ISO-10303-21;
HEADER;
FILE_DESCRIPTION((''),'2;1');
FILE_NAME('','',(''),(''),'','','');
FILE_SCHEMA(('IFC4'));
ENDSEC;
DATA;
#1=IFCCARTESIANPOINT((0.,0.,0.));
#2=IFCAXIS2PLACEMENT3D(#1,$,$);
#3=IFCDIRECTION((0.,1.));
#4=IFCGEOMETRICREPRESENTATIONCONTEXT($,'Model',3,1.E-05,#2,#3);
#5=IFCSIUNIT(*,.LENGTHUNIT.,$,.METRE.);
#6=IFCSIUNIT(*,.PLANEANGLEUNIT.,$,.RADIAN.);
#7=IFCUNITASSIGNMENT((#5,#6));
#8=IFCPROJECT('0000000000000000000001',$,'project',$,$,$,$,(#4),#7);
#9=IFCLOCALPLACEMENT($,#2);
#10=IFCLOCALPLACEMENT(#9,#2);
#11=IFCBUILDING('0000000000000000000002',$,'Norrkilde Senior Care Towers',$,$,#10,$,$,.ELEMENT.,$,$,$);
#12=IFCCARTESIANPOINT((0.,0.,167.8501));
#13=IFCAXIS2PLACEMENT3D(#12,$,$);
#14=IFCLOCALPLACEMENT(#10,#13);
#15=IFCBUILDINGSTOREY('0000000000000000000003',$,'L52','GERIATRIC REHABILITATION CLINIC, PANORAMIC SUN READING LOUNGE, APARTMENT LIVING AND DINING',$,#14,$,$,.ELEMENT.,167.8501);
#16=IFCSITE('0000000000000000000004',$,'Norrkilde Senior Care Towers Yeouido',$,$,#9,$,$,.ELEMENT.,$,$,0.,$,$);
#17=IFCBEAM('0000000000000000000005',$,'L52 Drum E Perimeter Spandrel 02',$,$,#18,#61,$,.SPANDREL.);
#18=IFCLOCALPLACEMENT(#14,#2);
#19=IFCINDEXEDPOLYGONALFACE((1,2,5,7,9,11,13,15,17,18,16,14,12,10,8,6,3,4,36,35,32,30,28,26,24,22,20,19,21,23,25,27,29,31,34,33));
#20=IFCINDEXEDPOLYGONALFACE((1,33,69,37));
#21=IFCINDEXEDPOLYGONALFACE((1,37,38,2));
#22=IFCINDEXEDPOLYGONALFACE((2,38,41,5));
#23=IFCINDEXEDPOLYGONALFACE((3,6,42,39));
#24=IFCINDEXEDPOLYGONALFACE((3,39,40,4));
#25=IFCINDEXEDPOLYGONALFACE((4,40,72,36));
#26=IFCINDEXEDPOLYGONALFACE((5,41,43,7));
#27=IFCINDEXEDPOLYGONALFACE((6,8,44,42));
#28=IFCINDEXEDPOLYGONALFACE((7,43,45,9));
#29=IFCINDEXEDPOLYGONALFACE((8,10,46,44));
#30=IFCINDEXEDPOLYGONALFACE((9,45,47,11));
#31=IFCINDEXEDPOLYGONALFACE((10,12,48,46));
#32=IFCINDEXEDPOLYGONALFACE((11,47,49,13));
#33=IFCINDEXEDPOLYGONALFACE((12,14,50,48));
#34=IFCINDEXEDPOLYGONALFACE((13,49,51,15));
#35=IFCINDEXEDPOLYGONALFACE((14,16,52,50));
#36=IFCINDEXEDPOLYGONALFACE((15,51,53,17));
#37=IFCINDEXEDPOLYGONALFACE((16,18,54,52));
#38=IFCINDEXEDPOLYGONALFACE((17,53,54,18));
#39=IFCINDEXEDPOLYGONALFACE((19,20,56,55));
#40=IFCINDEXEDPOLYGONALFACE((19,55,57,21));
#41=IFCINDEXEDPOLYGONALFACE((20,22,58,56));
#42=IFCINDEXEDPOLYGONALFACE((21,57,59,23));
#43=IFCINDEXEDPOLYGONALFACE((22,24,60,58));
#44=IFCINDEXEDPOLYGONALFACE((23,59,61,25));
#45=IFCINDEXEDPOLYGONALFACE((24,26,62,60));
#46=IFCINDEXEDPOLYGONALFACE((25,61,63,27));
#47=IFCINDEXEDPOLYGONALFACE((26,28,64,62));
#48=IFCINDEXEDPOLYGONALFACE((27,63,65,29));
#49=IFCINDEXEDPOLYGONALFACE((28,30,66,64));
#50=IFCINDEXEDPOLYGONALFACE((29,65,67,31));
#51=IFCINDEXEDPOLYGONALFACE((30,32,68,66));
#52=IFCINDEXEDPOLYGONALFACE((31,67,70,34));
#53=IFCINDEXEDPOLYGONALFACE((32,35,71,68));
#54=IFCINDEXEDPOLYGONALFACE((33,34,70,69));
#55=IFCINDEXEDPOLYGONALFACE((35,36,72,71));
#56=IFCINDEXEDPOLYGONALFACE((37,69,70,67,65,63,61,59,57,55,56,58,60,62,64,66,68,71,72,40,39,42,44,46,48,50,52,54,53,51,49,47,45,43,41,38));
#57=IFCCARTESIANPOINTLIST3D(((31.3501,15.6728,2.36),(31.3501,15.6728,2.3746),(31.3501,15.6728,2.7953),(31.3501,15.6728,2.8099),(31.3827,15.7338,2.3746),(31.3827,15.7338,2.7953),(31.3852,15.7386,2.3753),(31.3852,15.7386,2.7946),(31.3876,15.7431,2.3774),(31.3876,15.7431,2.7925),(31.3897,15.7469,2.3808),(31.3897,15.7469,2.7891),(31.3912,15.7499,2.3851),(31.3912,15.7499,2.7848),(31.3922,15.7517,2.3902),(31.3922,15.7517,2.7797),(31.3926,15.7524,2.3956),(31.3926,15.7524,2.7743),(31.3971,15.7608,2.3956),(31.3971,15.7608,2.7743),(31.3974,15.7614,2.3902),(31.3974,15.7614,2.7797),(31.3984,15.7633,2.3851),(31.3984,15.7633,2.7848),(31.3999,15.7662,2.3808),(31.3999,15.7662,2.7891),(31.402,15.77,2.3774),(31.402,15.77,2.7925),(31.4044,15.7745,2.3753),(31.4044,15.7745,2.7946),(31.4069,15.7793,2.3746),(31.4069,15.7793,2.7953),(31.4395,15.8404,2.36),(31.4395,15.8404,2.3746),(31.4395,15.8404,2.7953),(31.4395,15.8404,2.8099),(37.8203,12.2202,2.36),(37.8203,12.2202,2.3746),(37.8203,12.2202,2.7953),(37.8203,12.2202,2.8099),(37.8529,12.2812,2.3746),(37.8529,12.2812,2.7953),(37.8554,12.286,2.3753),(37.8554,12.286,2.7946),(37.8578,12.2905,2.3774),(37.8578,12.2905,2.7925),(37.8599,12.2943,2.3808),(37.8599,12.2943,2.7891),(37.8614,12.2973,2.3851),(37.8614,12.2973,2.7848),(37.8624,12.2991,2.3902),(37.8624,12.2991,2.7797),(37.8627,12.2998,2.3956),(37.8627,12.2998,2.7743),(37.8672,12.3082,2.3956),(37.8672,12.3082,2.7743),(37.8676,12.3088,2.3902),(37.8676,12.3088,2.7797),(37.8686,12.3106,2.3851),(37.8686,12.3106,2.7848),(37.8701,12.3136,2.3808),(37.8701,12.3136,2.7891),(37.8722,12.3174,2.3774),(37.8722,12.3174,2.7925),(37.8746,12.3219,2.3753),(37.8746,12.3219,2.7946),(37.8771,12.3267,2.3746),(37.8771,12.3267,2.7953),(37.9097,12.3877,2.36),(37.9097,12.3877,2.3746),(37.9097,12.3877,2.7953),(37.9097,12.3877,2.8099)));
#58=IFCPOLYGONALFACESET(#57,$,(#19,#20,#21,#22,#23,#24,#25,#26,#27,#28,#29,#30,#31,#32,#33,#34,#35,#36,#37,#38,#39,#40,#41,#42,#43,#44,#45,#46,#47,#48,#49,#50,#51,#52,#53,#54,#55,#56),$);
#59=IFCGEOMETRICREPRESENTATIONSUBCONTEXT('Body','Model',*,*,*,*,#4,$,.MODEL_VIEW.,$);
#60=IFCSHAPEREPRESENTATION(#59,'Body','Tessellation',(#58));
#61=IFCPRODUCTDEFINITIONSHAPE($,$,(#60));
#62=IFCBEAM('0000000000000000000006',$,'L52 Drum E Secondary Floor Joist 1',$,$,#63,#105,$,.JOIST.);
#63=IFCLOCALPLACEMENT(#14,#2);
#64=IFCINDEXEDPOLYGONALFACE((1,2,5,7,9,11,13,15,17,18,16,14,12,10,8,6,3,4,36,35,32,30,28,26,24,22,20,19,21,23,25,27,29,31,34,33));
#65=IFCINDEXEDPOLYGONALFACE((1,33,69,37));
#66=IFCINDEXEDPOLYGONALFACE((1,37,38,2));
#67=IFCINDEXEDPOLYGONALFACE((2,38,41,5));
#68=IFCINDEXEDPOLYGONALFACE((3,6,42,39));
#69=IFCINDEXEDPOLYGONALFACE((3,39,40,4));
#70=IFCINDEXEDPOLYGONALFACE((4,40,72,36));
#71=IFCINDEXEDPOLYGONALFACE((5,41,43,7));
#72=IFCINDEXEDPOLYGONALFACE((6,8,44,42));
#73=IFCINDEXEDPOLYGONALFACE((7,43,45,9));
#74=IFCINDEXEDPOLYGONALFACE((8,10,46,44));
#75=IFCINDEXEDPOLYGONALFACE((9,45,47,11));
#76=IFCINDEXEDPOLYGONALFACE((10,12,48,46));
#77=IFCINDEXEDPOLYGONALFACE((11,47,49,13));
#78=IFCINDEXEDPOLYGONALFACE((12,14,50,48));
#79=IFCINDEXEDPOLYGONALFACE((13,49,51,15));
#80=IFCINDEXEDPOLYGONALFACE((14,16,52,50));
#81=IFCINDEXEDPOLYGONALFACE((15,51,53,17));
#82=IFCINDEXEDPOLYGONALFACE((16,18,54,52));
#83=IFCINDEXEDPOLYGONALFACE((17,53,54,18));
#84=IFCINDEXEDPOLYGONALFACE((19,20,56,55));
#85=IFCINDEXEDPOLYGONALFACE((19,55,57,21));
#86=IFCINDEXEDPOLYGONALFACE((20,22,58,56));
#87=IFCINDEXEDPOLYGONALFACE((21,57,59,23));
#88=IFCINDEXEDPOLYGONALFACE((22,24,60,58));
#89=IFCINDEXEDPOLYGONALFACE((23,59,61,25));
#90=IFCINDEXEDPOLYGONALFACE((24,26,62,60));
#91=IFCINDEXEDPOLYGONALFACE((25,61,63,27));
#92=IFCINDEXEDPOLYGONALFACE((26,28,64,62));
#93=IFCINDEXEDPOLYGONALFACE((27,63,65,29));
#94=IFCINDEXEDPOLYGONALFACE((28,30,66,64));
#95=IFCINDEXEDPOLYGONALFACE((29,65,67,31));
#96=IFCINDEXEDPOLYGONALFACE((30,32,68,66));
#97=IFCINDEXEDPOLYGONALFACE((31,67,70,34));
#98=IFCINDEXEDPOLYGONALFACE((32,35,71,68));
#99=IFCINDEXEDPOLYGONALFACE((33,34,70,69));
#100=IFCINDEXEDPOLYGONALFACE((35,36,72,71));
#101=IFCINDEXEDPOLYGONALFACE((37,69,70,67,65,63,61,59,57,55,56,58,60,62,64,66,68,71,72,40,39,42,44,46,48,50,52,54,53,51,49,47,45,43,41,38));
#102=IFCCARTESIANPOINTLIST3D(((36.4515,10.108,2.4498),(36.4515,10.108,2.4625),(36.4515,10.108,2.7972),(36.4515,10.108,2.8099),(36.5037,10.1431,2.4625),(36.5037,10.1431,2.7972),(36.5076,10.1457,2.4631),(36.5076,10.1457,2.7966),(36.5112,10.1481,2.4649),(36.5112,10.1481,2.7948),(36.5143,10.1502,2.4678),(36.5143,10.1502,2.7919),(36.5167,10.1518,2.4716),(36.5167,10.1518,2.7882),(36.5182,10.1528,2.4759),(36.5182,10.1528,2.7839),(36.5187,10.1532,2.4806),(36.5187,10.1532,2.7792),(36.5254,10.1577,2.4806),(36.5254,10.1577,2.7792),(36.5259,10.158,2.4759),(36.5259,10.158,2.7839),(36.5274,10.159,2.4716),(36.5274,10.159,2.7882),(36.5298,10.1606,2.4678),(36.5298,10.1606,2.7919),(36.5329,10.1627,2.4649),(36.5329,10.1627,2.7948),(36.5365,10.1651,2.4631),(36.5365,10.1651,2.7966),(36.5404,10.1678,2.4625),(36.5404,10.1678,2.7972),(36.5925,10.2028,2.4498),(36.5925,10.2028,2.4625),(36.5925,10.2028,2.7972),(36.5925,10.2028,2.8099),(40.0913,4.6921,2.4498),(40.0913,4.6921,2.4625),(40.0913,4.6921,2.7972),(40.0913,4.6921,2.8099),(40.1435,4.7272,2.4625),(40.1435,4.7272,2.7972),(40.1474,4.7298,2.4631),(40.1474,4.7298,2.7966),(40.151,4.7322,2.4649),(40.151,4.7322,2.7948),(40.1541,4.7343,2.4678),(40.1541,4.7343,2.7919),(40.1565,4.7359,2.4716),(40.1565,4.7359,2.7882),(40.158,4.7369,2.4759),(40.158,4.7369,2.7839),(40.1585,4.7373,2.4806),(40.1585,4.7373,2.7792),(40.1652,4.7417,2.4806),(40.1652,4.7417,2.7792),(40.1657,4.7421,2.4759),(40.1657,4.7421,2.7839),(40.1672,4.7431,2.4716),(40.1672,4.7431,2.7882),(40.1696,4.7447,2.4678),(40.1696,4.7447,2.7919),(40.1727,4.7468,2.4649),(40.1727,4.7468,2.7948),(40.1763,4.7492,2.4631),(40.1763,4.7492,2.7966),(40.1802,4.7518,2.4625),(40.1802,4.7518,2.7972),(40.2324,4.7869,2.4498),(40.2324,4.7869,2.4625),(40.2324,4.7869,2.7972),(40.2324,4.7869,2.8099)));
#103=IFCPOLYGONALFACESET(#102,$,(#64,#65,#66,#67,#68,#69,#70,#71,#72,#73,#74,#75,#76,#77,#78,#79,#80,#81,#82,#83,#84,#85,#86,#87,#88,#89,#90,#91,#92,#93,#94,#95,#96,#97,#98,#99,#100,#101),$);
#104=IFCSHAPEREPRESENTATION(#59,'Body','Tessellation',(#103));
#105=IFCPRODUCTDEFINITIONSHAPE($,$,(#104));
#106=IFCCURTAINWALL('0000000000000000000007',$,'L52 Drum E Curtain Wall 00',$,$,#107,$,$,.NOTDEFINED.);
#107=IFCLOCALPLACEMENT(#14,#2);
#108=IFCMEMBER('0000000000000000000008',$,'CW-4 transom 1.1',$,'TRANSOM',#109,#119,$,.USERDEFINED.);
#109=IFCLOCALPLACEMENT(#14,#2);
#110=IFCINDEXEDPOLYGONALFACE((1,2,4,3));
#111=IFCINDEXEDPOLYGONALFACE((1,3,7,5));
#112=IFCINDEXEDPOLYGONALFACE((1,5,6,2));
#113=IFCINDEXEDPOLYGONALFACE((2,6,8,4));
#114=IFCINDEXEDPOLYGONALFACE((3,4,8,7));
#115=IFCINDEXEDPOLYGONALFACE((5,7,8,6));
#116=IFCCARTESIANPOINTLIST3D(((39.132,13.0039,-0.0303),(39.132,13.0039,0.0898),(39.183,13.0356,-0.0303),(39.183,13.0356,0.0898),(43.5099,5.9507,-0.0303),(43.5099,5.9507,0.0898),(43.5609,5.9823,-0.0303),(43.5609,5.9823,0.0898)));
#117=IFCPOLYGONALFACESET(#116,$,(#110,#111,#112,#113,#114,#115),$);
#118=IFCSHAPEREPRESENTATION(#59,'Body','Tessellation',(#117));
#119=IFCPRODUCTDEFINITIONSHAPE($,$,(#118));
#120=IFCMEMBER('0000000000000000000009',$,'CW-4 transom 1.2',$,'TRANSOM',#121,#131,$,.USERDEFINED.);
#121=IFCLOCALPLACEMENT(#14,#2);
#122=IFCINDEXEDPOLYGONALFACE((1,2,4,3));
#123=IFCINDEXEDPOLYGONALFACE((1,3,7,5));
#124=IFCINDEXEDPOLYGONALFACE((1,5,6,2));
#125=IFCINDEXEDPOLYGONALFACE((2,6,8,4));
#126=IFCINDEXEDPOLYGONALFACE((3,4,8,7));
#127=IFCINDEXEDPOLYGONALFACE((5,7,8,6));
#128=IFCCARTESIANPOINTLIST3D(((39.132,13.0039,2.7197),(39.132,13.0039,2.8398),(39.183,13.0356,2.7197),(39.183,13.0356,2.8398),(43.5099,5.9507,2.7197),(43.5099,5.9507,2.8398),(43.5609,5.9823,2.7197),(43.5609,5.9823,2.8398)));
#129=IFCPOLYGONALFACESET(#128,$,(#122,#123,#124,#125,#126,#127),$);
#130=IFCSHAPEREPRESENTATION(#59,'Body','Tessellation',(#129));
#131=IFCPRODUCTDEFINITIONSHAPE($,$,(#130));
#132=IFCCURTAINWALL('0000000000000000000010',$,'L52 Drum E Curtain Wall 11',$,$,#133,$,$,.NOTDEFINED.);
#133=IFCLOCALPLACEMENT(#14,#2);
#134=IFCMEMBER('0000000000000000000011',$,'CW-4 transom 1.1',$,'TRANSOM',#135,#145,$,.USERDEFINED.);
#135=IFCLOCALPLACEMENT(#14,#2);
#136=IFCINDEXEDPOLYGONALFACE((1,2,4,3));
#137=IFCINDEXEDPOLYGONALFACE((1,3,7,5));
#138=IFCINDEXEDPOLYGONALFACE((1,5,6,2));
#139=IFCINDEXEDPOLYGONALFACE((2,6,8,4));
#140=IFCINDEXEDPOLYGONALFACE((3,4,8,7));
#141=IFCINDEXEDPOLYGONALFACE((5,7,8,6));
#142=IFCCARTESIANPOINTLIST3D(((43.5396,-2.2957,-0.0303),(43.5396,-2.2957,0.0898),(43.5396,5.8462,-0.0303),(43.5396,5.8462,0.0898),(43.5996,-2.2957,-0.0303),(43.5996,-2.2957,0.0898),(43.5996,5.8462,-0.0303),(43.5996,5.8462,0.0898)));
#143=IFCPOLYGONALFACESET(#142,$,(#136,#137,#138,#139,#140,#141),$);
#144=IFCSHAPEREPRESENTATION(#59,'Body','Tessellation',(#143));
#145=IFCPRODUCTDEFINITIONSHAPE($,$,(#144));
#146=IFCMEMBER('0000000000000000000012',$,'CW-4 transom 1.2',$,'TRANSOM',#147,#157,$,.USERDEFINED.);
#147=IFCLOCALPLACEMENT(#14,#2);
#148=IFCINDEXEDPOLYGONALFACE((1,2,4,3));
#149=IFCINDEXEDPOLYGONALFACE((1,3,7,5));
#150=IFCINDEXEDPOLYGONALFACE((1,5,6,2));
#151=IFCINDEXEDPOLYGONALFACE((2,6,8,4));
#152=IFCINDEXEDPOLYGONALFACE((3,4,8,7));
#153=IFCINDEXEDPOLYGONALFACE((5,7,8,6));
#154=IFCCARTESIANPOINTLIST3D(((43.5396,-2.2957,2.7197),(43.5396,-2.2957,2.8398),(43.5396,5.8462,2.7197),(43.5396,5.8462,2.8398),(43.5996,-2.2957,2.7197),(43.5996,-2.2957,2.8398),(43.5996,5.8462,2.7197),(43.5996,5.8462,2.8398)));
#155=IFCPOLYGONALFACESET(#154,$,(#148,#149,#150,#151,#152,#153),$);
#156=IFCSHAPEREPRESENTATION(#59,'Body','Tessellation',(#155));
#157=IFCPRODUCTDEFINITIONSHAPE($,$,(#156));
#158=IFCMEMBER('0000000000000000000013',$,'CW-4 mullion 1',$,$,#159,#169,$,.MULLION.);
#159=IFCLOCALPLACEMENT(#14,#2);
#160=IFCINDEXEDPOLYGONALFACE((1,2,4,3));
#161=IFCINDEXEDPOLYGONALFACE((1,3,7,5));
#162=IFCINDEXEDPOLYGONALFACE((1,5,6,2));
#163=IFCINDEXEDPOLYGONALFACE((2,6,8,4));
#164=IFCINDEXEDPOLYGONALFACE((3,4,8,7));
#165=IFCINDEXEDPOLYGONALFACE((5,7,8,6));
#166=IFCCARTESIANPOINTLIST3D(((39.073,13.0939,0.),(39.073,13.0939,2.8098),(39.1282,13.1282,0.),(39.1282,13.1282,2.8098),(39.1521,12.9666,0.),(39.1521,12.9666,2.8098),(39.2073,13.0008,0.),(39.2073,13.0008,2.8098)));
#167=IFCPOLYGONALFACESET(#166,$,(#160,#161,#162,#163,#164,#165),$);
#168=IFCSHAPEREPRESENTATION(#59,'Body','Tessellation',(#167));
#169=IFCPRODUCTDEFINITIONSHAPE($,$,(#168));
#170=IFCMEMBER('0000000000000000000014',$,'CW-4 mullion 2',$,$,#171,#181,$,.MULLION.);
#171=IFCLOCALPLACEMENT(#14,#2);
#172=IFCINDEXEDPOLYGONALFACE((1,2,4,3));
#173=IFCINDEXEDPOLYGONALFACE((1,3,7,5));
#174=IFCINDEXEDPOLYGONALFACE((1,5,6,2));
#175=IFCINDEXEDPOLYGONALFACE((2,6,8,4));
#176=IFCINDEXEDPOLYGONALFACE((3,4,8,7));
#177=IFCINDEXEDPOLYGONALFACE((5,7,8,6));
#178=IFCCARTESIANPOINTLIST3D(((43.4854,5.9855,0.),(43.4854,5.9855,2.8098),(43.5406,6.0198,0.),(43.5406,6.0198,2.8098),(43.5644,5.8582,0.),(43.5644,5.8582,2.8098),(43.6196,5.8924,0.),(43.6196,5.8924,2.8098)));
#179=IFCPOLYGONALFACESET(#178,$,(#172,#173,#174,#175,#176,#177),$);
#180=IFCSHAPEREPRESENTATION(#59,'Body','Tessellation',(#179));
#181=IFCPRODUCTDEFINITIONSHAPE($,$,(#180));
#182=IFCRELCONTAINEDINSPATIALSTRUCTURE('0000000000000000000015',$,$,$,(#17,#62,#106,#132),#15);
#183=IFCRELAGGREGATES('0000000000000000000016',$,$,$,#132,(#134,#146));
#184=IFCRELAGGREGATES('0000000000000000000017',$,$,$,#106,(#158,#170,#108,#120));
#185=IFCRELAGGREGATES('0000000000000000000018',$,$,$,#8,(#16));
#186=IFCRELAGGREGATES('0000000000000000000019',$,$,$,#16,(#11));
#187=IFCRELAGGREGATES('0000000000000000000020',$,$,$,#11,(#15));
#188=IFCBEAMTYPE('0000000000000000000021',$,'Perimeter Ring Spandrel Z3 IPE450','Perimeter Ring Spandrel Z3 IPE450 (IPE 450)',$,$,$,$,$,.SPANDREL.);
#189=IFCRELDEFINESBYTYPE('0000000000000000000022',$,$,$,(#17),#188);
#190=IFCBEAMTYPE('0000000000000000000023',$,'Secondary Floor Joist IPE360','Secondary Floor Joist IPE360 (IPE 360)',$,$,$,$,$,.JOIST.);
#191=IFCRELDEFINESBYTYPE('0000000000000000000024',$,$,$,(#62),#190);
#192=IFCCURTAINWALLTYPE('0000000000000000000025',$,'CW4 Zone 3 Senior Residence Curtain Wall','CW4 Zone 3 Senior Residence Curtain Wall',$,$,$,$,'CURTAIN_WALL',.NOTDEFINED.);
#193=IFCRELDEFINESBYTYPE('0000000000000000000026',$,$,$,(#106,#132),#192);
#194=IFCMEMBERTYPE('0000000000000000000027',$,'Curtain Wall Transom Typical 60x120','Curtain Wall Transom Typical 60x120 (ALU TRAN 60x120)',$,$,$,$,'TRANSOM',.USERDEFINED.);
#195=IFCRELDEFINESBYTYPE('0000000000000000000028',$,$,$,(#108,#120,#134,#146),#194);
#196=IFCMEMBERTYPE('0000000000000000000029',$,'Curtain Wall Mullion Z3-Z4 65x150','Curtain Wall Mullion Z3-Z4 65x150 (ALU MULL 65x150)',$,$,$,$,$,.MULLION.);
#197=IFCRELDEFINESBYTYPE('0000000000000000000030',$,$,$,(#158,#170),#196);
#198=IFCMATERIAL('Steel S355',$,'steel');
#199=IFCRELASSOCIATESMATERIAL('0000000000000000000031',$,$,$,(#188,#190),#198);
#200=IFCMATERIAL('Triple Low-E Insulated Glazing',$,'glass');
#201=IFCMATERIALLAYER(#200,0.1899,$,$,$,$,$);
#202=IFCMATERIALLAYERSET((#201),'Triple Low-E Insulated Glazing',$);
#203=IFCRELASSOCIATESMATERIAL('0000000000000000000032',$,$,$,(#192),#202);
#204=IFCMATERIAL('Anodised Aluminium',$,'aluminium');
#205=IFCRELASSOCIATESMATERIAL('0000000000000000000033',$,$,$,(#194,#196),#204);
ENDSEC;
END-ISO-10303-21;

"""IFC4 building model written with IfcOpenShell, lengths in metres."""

from ifc_helpers import new_model, si_unit, direction, frame, origin, origin_2d, place, context, subcontext, project, spatial, rectangle, i_section, extrude, source, transform, mapped, material, layer, layer_set, material_profile, profile_set, type_object, type_shapes, element, aggregate, save


model = new_model("IFC4")

# Units and contexts
model_context = context("Model", 3, precision=1e-05, world=origin(), true_north=direction((0.0, 1.0)))
body_context = subcontext(model_context, "Body", "Model", "MODEL_VIEW")
ifc_project = project(units=[si_unit("LENGTHUNIT", "METRE"), si_unit("PLANEANGLEUNIT", "RADIAN")], contexts=[model_context])

# Site, building, storey
site_placement = place(None, origin())
site = spatial("IfcSite", under=ifc_project, at=site_placement, Name="Norrkilde Senior Care Towers Yeouido", CompositionType="ELEMENT", RefElevation=0.0)
building_placement = place(site_placement, origin())
building = spatial("IfcBuilding", under=site, at=building_placement, Name="Norrkilde Senior Care Towers", CompositionType="ELEMENT")
storey_placement = place(building_placement, frame((0.0, 0.0, 167.8501)))
storey = spatial("IfcBuildingStorey", under=building, at=storey_placement, Name="L52", Description="GERIATRIC REHABILITATION CLINIC, PANORAMIC SUN READING LOUNGE, APARTMENT LIVING AND DINING", CompositionType="ELEMENT", Elevation=167.8501)

# Beams
ifc_material_1 = material(Name="Steel S355", Category="steel")
ifc_material_profile_1 = material_profile(ifc_material_1, i_section(OverallWidth=0.1899, OverallDepth=0.45, WebThickness=0.0095, FlangeThickness=0.0146, FilletRadius=0.021, at=origin_2d()), Name="IPE 450")
ifc_profile_set_1 = profile_set([ifc_material_profile_1], Name="Steel S355")
beam_type_1 = type_object("IfcBeamType", Name="Perimeter Ring Spandrel Z3 IPE450", Description="Perimeter Ring Spandrel Z3 IPE450 (IPE 450)", PredefinedType="SPANDREL", material=ifc_profile_set_1)
shared_shape_1 = source(origin(), body_context, "Body", "SweptSolid", [
    extrude(i_section(OverallWidth=0.1899, OverallDepth=0.45, WebThickness=0.0095, FlangeThickness=0.0146, FilletRadius=0.021, at=origin_2d()), origin(), (0.0, 0.0, 1.0), 7.3337),
])
beam_1_placement = place(storey_placement, frame((37.865, 12.304, 2.585), z_axis=(-0.882248, 0.470785, 0.0), x_axis=(-0.470785, -0.882248, 0.0)))
element("IfcBeam", 1, at=beam_1_placement, inside=storey, type_object=beam_type_1, Name="L52 Drum E Perimeter Spandrel 02", PredefinedType="SPANDREL", context=body_context, shape_type="MappedRepresentation", body=[
    mapped(shared_shape_1, transform((0.0, 0.0, 0.0), x_axis=(1.0, 0.0, 0.0), y_axis=(0.0, 1.0, 0.0), z_axis=(0.0, 0.0, 1.0), scale=1.0)),
])
ifc_material_profile_2 = material_profile(ifc_material_1, i_section(OverallWidth=0.1699, OverallDepth=0.3601, WebThickness=0.0081, FlangeThickness=0.0127, FilletRadius=0.0181, at=origin_2d()), Name="IPE 360")
ifc_profile_set_2 = profile_set([ifc_material_profile_2], Name="Steel S355")
beam_type_2 = type_object("IfcBeamType", Name="Secondary Floor Joist IPE360", Description="Secondary Floor Joist IPE360 (IPE 360)", PredefinedType="JOIST", material=ifc_profile_set_2)
shared_shape_2 = source(origin(), body_context, "Body", "SweptSolid", [
    extrude(i_section(OverallWidth=0.1699, OverallDepth=0.3601, WebThickness=0.0081, FlangeThickness=0.0127, FilletRadius=0.0181, at=origin_2d()), origin(), (0.0, 0.0, 1.0), 6.5254),
])
type_shapes(beam_type_2, [shared_shape_2])
beam_2_placement = place(storey_placement, frame((40.1619, 4.7395, 2.6299), z_axis=(-0.557796, 0.829978, 0.0), x_axis=(-0.829978, -0.557796, 0.0)))
element("IfcBeam", 2, at=beam_2_placement, inside=storey, type_object=beam_type_2, Name="L52 Drum E Secondary Floor Joist 1", PredefinedType="JOIST", context=body_context, shape_type="MappedRepresentation", body=[
    mapped(shared_shape_2, transform((0.0, 0.0, 0.0), x_axis=(1.0, 0.0, 0.0), y_axis=(0.0, 1.0, 0.0), z_axis=(0.0, 0.0, 1.0), scale=1.0)),
])

# Curtain walls, members
ifc_material_2 = material(Name="Triple Low-E Insulated Glazing", Category="glass")
ifc_layer_1 = layer(ifc_material_2, 0.1899)
ifc_layer_set_1 = layer_set([ifc_layer_1], Name="Triple Low-E Insulated Glazing")
curtain_wall_type = type_object("IfcCurtainWallType", Name="CW4 Zone 3 Senior Residence Curtain Wall", Description="CW4 Zone 3 Senior Residence Curtain Wall", ElementType="CURTAIN_WALL", PredefinedType="NOTDEFINED", material=ifc_layer_set_1)
curtain_wall_1_placement = place(storey_placement, origin())
curtain_wall_1 = element("IfcCurtainWall", 3, at=curtain_wall_1_placement, inside=storey, type_object=curtain_wall_type, Name="L52 Drum E Curtain Wall 00", PredefinedType="NOTDEFINED")
ifc_material_3 = material(Name="Anodised Aluminium", Category="aluminium")
ifc_material_profile_3 = material_profile(ifc_material_3, rectangle(XDim=0.0601, YDim=0.1201, at=origin_2d()), Name="ALU TRAN 60x120")
ifc_profile_set_3 = profile_set([ifc_material_profile_3], Name="Anodised Aluminium")
member_type_1 = type_object("IfcMemberType", Name="Curtain Wall Transom Typical 60x120", Description="Curtain Wall Transom Typical 60x120 (ALU TRAN 60x120)", ElementType="TRANSOM", PredefinedType="USERDEFINED", material=ifc_profile_set_3)
shared_shape_3 = source(origin(), body_context, "Body", "SweptSolid", [
    extrude(rectangle(XDim=0.0601, YDim=0.1201, at=origin_2d()), origin(), (0.0, 0.0, 1.0), 8.3015),
])
member_1_placement = place(storey_placement, frame((39.1575, 13.0198, 0.0298), z_axis=(0.527369, -0.849637, 0.0), x_axis=(0.849637, 0.527369, 0.0)))
member_1 = element("IfcMember", 4, at=member_1_placement, type_object=member_type_1, Name="CW-4 transom 1.1", ObjectType="TRANSOM", PredefinedType="USERDEFINED", context=body_context, shape_type="MappedRepresentation", body=[
    mapped(shared_shape_3, transform((0.0, 0.0, 0.0), x_axis=(1.0, 0.0, 0.0), y_axis=(0.0, 1.0, 0.0), z_axis=(0.0, 0.0, 1.0), scale=1.0)),
])
member_2_placement = place(storey_placement, frame((39.1575, 13.0198, 2.7798), z_axis=(0.527369, -0.849637, 0.0), x_axis=(0.849637, 0.527369, 0.0)))
member_2 = element("IfcMember", 5, at=member_2_placement, type_object=member_type_1, Name="CW-4 transom 1.2", ObjectType="TRANSOM", PredefinedType="USERDEFINED", context=body_context, shape_type="MappedRepresentation", body=[
    mapped(shared_shape_3, transform((0.0, 0.0, 0.0), x_axis=(1.0, 0.0, 0.0), y_axis=(0.0, 1.0, 0.0), z_axis=(0.0, 0.0, 1.0), scale=1.0)),
])
curtain_wall_2_placement = place(storey_placement, origin())
curtain_wall_2 = element("IfcCurtainWall", 6, at=curtain_wall_2_placement, inside=storey, type_object=curtain_wall_type, Name="L52 Drum E Curtain Wall 11", PredefinedType="NOTDEFINED")
shared_shape_4 = source(origin(), body_context, "Body", "SweptSolid", [
    extrude(rectangle(XDim=0.0601, YDim=0.1201, at=origin_2d()), origin(), (0.0, 0.0, 1.0), 8.1418),
])
type_shapes(member_type_1, [shared_shape_3, shared_shape_4])
member_3_placement = place(storey_placement, frame((43.5696, 5.8462, 0.0298), z_axis=(0.0, -1.0, 0.0), x_axis=(1.0, 0.0, 0.0)))
member_3 = element("IfcMember", 7, at=member_3_placement, type_object=member_type_1, Name="CW-4 transom 1.1", ObjectType="TRANSOM", PredefinedType="USERDEFINED", context=body_context, shape_type="MappedRepresentation", body=[
    mapped(shared_shape_4, transform((0.0, 0.0, 0.0), x_axis=(1.0, 0.0, 0.0), y_axis=(0.0, 1.0, 0.0), z_axis=(0.0, 0.0, 1.0), scale=1.0)),
])
member_4_placement = place(storey_placement, frame((43.5696, 5.8462, 2.7798), z_axis=(0.0, -1.0, 0.0), x_axis=(1.0, 0.0, 0.0)))
member_4 = element("IfcMember", 8, at=member_4_placement, type_object=member_type_1, Name="CW-4 transom 1.2", ObjectType="TRANSOM", PredefinedType="USERDEFINED", context=body_context, shape_type="MappedRepresentation", body=[
    mapped(shared_shape_4, transform((0.0, 0.0, 0.0), x_axis=(1.0, 0.0, 0.0), y_axis=(0.0, 1.0, 0.0), z_axis=(0.0, 0.0, 1.0), scale=1.0)),
])

# Members
ifc_material_profile_4 = material_profile(ifc_material_3, rectangle(XDim=0.0649, YDim=0.1499, at=origin_2d()), Name="ALU MULL 65x150")
ifc_profile_set_4 = profile_set([ifc_material_profile_4], Name="Anodised Aluminium")
member_type_2 = type_object("IfcMemberType", Name="Curtain Wall Mullion Z3-Z4 65x150", Description="Curtain Wall Mullion Z3-Z4 65x150 (ALU MULL 65x150)", PredefinedType="MULLION", material=ifc_profile_set_4)
shared_shape_5 = source(origin(), body_context, "Body", "SweptSolid", [
    extrude(rectangle(XDim=0.0649, YDim=0.1499, at=origin_2d()), origin(), (0.0, 0.0, 1.0), 2.8098),
])
type_shapes(member_type_2, [shared_shape_5])
member_5_placement = place(storey_placement, frame((39.1401, 13.0474, 0.0), z_axis=(0.0, 0.0, 1.0), x_axis=(0.849634, 0.527373, 0.0)))
member_5 = element("IfcMember", 9, at=member_5_placement, type_object=member_type_2, Name="CW-4 mullion 1", PredefinedType="MULLION", context=body_context, shape_type="MappedRepresentation", body=[
    mapped(shared_shape_5, transform((0.0, 0.0, 0.0), x_axis=(1.0, 0.0, 0.0), y_axis=(0.0, 1.0, 0.0), z_axis=(0.0, 0.0, 1.0), scale=1.0)),
])
member_6_placement = place(storey_placement, frame((43.5525, 5.939, 0.0), z_axis=(0.0, 0.0, 1.0), x_axis=(0.849634, 0.527373, 0.0)))
member_6 = element("IfcMember", 10, at=member_6_placement, type_object=member_type_2, Name="CW-4 mullion 2", PredefinedType="MULLION", context=body_context, shape_type="MappedRepresentation", body=[
    mapped(shared_shape_5, transform((0.0, 0.0, 0.0), x_axis=(1.0, 0.0, 0.0), y_axis=(0.0, 1.0, 0.0), z_axis=(0.0, 0.0, 1.0), scale=1.0)),
])

aggregate(curtain_wall_2, [member_3, member_4])

aggregate(curtain_wall_1, [member_5, member_6, member_1, member_2])

save(model, "model.ifc")
